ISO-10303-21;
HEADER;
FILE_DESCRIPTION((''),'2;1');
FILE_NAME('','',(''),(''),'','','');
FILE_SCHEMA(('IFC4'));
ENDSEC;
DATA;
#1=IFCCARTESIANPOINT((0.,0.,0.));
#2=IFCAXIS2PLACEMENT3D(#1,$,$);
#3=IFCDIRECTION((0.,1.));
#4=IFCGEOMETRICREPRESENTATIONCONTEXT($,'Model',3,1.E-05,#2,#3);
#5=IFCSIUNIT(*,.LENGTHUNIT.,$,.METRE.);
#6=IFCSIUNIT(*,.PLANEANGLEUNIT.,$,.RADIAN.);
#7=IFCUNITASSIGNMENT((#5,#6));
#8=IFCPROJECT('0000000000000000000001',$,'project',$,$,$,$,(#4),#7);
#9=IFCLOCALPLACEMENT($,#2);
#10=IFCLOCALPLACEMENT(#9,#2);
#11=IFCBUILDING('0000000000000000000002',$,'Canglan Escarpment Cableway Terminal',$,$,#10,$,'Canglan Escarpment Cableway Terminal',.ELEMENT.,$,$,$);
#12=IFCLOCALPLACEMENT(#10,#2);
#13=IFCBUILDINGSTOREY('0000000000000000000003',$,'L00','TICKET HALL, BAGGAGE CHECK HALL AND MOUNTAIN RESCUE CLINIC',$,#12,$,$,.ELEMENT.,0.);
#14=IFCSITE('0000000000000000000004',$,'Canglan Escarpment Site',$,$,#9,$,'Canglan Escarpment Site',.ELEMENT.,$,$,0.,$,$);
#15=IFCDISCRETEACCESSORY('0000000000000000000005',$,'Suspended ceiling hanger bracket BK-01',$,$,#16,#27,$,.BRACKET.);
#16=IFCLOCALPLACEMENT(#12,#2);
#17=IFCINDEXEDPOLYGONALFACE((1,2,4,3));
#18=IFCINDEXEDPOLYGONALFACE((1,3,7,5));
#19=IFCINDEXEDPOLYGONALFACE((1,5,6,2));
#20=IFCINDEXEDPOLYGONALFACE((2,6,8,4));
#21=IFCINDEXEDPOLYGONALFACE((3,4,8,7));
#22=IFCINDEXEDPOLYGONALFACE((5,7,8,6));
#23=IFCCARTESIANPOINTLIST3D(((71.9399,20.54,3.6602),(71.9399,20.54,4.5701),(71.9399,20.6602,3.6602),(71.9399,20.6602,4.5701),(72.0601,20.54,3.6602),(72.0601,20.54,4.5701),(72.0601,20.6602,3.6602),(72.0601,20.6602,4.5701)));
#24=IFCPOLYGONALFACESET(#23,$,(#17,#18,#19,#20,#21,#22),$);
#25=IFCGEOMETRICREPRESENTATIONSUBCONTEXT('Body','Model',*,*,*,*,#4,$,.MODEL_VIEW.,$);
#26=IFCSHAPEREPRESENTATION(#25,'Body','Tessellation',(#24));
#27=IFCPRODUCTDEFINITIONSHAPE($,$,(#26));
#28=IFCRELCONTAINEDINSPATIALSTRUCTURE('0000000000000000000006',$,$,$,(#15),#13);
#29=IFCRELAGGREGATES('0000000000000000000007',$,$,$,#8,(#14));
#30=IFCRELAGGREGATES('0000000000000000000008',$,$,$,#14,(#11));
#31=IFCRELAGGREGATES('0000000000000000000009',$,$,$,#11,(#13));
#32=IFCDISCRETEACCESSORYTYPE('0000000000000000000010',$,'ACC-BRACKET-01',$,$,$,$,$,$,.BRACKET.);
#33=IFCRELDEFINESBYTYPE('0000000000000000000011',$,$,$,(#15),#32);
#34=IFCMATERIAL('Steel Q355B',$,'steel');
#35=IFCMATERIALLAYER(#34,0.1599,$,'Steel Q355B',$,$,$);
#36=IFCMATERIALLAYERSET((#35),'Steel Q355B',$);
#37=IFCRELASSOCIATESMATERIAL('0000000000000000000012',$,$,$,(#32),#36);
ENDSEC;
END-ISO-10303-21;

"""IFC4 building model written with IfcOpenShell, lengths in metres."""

from ifc_helpers import new_model, si_unit, direction, frame, origin, origin_2d, place, context, subcontext, project, spatial, rectangle, extrude, material, layer, layer_set, type_object, element, save


model = new_model("IFC4")

# Units and contexts
model_context = context("Model", 3, precision=1e-05, world=origin(), true_north=direction((0.0, 1.0)))
body_context = subcontext(model_context, "Body", "Model", "MODEL_VIEW")
ifc_project = project(units=[si_unit("LENGTHUNIT", "METRE"), si_unit("PLANEANGLEUNIT", "RADIAN")], contexts=[model_context])

# Site, building, storey
site_placement = place(None, origin())
site = spatial("IfcSite", under=ifc_project, at=site_placement, Name="Canglan Escarpment Site", LongName="Canglan Escarpment Site", CompositionType="ELEMENT", RefElevation=0.0)
building_placement = place(site_placement, origin())
building = spatial("IfcBuilding", under=site, at=building_placement, Name="Canglan Escarpment Cableway Terminal", LongName="Canglan Escarpment Cableway Terminal", CompositionType="ELEMENT")
storey_placement = place(building_placement, origin())
storey = spatial("IfcBuildingStorey", under=building, at=storey_placement, Name="L00", Description="TICKET HALL, BAGGAGE CHECK HALL AND MOUNTAIN RESCUE CLINIC", CompositionType="ELEMENT", Elevation=0.0)

# Shared definitions
ifc_material_1 = material(Name="Steel Q355B", Category="steel")

# Discrete accessory
ifc_layer_1 = layer(ifc_material_1, 0.1599, Name="Steel Q355B")
ifc_layer_set_1 = layer_set([ifc_layer_1], Name="Steel Q355B")
discrete_accessory_type = type_object("IfcDiscreteAccessoryType", Name="ACC-BRACKET-01", PredefinedType="BRACKET", material=ifc_layer_set_1)
for number, where, z_axis, x_axis, name in (
    (1, (72.0, 20.6001, 3.6602), (0.0, 0.0, 1.0), (1.0, 0.0, 0.0), "Suspended ceiling hanger bracket BK-01"),
):
    element("IfcDiscreteAccessory", number, at=place(storey_placement, frame(where, z_axis=z_axis, x_axis=x_axis)), inside=storey, type_object=discrete_accessory_type, Name=name, PredefinedType="BRACKET", context=body_context, shape_type="SweptSolid", body=[
        extrude(rectangle(XDim=0.1201, YDim=0.1201, at=origin_2d()), origin(), (0.0, 0.0, 1.0), 0.9099),
    ])

save(model, "model.ifc")
